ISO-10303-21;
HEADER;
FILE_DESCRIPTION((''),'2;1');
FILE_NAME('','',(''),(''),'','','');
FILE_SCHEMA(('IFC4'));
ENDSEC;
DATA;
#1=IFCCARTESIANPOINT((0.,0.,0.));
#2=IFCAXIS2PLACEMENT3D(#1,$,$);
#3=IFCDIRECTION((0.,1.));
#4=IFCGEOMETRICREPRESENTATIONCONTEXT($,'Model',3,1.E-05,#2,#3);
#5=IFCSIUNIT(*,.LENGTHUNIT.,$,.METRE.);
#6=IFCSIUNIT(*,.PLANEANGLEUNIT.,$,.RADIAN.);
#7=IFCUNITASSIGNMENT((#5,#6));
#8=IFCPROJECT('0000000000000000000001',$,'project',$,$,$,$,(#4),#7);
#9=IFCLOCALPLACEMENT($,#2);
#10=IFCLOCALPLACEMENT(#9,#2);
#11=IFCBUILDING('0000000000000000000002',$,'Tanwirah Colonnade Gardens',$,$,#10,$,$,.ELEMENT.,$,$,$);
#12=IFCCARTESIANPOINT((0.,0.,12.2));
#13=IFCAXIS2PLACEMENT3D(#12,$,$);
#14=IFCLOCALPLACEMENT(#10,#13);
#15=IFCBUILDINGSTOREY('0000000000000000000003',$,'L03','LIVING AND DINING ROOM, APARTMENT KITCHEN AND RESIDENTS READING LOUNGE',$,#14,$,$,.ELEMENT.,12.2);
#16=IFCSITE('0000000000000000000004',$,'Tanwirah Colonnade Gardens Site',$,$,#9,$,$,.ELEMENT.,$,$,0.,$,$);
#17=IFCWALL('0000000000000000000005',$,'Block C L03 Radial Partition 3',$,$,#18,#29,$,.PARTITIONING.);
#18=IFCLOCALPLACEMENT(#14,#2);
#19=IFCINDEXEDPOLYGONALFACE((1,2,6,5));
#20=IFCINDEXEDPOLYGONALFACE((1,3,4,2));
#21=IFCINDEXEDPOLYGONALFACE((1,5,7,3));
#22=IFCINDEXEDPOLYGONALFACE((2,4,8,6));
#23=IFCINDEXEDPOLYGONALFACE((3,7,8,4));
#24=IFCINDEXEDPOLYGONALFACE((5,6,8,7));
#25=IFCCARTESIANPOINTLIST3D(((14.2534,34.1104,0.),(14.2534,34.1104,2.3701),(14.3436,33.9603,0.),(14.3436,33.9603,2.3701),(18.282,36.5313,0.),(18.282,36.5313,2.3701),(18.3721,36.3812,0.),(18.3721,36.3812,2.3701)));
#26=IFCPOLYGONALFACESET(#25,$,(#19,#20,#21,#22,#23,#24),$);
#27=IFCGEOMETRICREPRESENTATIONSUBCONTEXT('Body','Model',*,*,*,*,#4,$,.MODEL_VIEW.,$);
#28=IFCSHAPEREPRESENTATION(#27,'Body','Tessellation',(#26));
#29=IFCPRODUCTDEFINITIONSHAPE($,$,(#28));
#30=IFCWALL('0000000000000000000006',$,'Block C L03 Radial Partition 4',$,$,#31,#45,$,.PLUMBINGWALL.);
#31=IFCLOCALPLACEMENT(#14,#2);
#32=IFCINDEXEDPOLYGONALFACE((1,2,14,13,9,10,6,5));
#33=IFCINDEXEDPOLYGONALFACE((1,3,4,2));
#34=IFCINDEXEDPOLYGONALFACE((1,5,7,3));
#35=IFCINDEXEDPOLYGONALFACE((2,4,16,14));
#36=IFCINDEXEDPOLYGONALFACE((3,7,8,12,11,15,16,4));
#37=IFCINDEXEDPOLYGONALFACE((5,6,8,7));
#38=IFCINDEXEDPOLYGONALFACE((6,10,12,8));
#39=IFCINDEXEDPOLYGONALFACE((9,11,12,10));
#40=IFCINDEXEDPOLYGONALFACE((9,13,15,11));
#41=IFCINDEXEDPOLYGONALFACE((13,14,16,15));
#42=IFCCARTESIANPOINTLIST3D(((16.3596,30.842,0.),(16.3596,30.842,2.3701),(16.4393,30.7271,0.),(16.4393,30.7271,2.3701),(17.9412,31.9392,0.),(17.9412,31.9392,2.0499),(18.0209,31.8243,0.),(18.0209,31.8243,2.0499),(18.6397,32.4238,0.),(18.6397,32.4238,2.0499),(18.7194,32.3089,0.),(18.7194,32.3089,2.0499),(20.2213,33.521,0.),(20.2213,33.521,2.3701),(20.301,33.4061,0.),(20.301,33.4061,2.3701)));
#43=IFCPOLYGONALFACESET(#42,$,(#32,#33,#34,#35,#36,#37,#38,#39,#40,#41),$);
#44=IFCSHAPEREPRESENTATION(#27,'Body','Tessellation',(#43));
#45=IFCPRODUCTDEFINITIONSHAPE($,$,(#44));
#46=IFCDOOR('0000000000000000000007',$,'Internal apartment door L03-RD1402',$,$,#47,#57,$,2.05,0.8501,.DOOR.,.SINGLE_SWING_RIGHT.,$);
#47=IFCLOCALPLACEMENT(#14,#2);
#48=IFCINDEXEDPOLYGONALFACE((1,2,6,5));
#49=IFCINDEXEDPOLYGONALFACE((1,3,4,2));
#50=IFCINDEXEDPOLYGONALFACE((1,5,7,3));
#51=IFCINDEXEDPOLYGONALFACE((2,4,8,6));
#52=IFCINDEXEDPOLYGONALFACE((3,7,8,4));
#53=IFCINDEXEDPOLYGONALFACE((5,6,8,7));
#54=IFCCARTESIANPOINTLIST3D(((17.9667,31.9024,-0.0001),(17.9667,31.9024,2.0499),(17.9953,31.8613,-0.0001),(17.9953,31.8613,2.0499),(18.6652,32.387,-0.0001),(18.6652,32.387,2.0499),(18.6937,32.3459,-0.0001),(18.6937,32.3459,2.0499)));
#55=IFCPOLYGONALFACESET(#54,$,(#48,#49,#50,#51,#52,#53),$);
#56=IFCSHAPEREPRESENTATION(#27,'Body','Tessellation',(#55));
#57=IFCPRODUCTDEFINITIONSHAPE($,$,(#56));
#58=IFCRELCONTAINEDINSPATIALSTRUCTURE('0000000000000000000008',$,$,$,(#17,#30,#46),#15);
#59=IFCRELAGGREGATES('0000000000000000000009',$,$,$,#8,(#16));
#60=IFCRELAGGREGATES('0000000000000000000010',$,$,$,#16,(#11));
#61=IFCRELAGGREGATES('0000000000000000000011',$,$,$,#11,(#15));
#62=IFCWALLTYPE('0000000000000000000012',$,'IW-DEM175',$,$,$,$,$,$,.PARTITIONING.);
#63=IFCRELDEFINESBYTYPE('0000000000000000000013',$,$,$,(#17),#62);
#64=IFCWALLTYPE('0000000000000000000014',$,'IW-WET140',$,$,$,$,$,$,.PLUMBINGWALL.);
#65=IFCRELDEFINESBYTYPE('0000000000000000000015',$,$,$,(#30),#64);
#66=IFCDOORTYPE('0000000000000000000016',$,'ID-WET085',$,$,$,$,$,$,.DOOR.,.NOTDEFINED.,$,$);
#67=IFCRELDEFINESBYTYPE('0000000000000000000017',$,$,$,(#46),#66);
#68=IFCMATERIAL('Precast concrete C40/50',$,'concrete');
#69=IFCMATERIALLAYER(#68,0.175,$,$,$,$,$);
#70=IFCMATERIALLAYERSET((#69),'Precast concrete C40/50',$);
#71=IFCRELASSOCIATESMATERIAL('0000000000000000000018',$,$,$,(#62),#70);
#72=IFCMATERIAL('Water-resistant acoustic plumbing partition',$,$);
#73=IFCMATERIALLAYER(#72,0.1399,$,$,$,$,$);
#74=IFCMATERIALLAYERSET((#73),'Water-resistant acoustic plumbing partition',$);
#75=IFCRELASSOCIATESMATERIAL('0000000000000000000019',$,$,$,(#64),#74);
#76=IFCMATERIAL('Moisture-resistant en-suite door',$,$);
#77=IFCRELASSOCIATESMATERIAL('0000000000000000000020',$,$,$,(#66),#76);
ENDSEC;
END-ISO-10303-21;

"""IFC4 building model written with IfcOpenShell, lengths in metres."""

from ifc_helpers import new_model, si_unit, direction, frame, frame_2d, origin, place, context, subcontext, project, spatial, rectangle, extrude, material, layer, layer_set, type_object, element, fill, save


model = new_model("IFC4")

# Units and contexts
model_context = context("Model", 3, precision=1e-05, world=origin(), true_north=direction((0.0, 1.0)))
body_context = subcontext(model_context, "Body", "Model", "MODEL_VIEW")
ifc_project = project(units=[si_unit("LENGTHUNIT", "METRE"), si_unit("PLANEANGLEUNIT", "RADIAN")], contexts=[model_context])

# Site, building, storey
site_placement = place(None, origin())
site = spatial("IfcSite", under=ifc_project, at=site_placement, Name="Tanwirah Colonnade Gardens Site", CompositionType="ELEMENT", RefElevation=0.0)
building_placement = place(site_placement, origin())
building = spatial("IfcBuilding", under=site, at=building_placement, Name="Tanwirah Colonnade Gardens", CompositionType="ELEMENT")
storey_placement = place(building_placement, frame((0.0, 0.0, 12.2)))
storey = spatial("IfcBuildingStorey", under=building, at=storey_placement, Name="L03", Description="LIVING AND DINING ROOM, APARTMENT KITCHEN AND RESIDENTS READING LOUNGE", CompositionType="ELEMENT", Elevation=12.2)

# Shared definitions
ifc_material_1 = material(Name="Precast concrete C40/50", Category="concrete")

# Wall
ifc_layer_1 = layer(ifc_material_1, 0.175)
ifc_layer_set_1 = layer_set([ifc_layer_1], Name="Precast concrete C40/50")
wall_type_1 = type_object("IfcWallType", Name="IW-DEM175", PredefinedType="PARTITIONING", material=ifc_layer_set_1)
wall_1_placement = place(storey_placement, frame((18.3271, 36.4563, 0.0), z_axis=(0.0, 0.0, 1.0), x_axis=(-0.85714, -0.515084, 0.0)))
element("IfcWall", 1, at=wall_1_placement, inside=storey, type_object=wall_type_1, Name="Block C L03 Radial Partition 3", PredefinedType="PARTITIONING", context=body_context, shape_type="SweptSolid", body=[
    extrude(rectangle(XDim=4.7, YDim=0.175, at=frame_2d((2.3501, 0.0))), origin(), (0.0, 0.0, 1.0), 2.3701),
])

# Wall, opening, door
ifc_material_2 = material(Name="Water-resistant acoustic plumbing partition")
ifc_layer_2 = layer(ifc_material_2, 0.1399)
ifc_layer_set_2 = layer_set([ifc_layer_2], Name="Water-resistant acoustic plumbing partition")
wall_type_2 = type_object("IfcWallType", Name="IW-WET140", PredefinedType="PLUMBINGWALL", material=ifc_layer_set_2)
wall_2_placement = place(storey_placement, frame((20.2612, 33.4636, 0.0), z_axis=(0.0, 0.0, 1.0), x_axis=(-0.821638, -0.570009, 0.0)))
wall_2 = element("IfcWall", 2, at=wall_2_placement, inside=storey, type_object=wall_type_2, Name="Block C L03 Radial Partition 4", PredefinedType="PLUMBINGWALL", context=body_context, shape_type="SweptSolid", body=[
    extrude(rectangle(XDim=4.7, YDim=0.1399, at=frame_2d((2.3501, 0.0))), origin(), (0.0, 0.0, 1.0), 2.3701),
])
opening_1_placement = place(wall_2_placement, frame((1.925, 0.0, 0.0)))
opening_1 = element("IfcOpeningElement", 3, at=opening_1_placement, cuts=wall_2, PredefinedType="OPENING", context=body_context, shape_type="SweptSolid", body=[
    extrude(rectangle(XDim=0.8501, YDim=2.05, at=frame_2d((0.425, 1.0249))), frame((0.0, 0.0798, 0.0), z_axis=(0.0, -1.0, 0.0), x_axis=(1.0, 0.0, 0.0)), (0.0, 0.0, 1.0), 0.1599),
])
ifc_material_3 = material(Name="Moisture-resistant en-suite door")
door_type_1 = type_object("IfcDoorType", Name="ID-WET085", OperationType="NOTDEFINED", PredefinedType="DOOR", material=ifc_material_3)
door_1_placement = place(opening_1_placement, origin())
door_1 = element("IfcDoor", 4, at=door_1_placement, inside=storey, type_object=door_type_1, Name="Internal apartment door L03-RD1402", OperationType="SINGLE_SWING_RIGHT", OverallHeight=2.05, OverallWidth=0.8501, PredefinedType="DOOR", context=body_context, shape_type="SweptSolid", body=[
    extrude(rectangle(XDim=0.8501, YDim=2.05, at=frame_2d((0.425, 1.0249))), frame((0.0, 0.0249, 0.0), z_axis=(0.0, -1.0, 0.0), x_axis=(1.0, 0.0, 0.0)), (0.0, 0.0, 1.0), 0.05),
])
fill(opening_1, door_1)

save(model, "model.ifc")
